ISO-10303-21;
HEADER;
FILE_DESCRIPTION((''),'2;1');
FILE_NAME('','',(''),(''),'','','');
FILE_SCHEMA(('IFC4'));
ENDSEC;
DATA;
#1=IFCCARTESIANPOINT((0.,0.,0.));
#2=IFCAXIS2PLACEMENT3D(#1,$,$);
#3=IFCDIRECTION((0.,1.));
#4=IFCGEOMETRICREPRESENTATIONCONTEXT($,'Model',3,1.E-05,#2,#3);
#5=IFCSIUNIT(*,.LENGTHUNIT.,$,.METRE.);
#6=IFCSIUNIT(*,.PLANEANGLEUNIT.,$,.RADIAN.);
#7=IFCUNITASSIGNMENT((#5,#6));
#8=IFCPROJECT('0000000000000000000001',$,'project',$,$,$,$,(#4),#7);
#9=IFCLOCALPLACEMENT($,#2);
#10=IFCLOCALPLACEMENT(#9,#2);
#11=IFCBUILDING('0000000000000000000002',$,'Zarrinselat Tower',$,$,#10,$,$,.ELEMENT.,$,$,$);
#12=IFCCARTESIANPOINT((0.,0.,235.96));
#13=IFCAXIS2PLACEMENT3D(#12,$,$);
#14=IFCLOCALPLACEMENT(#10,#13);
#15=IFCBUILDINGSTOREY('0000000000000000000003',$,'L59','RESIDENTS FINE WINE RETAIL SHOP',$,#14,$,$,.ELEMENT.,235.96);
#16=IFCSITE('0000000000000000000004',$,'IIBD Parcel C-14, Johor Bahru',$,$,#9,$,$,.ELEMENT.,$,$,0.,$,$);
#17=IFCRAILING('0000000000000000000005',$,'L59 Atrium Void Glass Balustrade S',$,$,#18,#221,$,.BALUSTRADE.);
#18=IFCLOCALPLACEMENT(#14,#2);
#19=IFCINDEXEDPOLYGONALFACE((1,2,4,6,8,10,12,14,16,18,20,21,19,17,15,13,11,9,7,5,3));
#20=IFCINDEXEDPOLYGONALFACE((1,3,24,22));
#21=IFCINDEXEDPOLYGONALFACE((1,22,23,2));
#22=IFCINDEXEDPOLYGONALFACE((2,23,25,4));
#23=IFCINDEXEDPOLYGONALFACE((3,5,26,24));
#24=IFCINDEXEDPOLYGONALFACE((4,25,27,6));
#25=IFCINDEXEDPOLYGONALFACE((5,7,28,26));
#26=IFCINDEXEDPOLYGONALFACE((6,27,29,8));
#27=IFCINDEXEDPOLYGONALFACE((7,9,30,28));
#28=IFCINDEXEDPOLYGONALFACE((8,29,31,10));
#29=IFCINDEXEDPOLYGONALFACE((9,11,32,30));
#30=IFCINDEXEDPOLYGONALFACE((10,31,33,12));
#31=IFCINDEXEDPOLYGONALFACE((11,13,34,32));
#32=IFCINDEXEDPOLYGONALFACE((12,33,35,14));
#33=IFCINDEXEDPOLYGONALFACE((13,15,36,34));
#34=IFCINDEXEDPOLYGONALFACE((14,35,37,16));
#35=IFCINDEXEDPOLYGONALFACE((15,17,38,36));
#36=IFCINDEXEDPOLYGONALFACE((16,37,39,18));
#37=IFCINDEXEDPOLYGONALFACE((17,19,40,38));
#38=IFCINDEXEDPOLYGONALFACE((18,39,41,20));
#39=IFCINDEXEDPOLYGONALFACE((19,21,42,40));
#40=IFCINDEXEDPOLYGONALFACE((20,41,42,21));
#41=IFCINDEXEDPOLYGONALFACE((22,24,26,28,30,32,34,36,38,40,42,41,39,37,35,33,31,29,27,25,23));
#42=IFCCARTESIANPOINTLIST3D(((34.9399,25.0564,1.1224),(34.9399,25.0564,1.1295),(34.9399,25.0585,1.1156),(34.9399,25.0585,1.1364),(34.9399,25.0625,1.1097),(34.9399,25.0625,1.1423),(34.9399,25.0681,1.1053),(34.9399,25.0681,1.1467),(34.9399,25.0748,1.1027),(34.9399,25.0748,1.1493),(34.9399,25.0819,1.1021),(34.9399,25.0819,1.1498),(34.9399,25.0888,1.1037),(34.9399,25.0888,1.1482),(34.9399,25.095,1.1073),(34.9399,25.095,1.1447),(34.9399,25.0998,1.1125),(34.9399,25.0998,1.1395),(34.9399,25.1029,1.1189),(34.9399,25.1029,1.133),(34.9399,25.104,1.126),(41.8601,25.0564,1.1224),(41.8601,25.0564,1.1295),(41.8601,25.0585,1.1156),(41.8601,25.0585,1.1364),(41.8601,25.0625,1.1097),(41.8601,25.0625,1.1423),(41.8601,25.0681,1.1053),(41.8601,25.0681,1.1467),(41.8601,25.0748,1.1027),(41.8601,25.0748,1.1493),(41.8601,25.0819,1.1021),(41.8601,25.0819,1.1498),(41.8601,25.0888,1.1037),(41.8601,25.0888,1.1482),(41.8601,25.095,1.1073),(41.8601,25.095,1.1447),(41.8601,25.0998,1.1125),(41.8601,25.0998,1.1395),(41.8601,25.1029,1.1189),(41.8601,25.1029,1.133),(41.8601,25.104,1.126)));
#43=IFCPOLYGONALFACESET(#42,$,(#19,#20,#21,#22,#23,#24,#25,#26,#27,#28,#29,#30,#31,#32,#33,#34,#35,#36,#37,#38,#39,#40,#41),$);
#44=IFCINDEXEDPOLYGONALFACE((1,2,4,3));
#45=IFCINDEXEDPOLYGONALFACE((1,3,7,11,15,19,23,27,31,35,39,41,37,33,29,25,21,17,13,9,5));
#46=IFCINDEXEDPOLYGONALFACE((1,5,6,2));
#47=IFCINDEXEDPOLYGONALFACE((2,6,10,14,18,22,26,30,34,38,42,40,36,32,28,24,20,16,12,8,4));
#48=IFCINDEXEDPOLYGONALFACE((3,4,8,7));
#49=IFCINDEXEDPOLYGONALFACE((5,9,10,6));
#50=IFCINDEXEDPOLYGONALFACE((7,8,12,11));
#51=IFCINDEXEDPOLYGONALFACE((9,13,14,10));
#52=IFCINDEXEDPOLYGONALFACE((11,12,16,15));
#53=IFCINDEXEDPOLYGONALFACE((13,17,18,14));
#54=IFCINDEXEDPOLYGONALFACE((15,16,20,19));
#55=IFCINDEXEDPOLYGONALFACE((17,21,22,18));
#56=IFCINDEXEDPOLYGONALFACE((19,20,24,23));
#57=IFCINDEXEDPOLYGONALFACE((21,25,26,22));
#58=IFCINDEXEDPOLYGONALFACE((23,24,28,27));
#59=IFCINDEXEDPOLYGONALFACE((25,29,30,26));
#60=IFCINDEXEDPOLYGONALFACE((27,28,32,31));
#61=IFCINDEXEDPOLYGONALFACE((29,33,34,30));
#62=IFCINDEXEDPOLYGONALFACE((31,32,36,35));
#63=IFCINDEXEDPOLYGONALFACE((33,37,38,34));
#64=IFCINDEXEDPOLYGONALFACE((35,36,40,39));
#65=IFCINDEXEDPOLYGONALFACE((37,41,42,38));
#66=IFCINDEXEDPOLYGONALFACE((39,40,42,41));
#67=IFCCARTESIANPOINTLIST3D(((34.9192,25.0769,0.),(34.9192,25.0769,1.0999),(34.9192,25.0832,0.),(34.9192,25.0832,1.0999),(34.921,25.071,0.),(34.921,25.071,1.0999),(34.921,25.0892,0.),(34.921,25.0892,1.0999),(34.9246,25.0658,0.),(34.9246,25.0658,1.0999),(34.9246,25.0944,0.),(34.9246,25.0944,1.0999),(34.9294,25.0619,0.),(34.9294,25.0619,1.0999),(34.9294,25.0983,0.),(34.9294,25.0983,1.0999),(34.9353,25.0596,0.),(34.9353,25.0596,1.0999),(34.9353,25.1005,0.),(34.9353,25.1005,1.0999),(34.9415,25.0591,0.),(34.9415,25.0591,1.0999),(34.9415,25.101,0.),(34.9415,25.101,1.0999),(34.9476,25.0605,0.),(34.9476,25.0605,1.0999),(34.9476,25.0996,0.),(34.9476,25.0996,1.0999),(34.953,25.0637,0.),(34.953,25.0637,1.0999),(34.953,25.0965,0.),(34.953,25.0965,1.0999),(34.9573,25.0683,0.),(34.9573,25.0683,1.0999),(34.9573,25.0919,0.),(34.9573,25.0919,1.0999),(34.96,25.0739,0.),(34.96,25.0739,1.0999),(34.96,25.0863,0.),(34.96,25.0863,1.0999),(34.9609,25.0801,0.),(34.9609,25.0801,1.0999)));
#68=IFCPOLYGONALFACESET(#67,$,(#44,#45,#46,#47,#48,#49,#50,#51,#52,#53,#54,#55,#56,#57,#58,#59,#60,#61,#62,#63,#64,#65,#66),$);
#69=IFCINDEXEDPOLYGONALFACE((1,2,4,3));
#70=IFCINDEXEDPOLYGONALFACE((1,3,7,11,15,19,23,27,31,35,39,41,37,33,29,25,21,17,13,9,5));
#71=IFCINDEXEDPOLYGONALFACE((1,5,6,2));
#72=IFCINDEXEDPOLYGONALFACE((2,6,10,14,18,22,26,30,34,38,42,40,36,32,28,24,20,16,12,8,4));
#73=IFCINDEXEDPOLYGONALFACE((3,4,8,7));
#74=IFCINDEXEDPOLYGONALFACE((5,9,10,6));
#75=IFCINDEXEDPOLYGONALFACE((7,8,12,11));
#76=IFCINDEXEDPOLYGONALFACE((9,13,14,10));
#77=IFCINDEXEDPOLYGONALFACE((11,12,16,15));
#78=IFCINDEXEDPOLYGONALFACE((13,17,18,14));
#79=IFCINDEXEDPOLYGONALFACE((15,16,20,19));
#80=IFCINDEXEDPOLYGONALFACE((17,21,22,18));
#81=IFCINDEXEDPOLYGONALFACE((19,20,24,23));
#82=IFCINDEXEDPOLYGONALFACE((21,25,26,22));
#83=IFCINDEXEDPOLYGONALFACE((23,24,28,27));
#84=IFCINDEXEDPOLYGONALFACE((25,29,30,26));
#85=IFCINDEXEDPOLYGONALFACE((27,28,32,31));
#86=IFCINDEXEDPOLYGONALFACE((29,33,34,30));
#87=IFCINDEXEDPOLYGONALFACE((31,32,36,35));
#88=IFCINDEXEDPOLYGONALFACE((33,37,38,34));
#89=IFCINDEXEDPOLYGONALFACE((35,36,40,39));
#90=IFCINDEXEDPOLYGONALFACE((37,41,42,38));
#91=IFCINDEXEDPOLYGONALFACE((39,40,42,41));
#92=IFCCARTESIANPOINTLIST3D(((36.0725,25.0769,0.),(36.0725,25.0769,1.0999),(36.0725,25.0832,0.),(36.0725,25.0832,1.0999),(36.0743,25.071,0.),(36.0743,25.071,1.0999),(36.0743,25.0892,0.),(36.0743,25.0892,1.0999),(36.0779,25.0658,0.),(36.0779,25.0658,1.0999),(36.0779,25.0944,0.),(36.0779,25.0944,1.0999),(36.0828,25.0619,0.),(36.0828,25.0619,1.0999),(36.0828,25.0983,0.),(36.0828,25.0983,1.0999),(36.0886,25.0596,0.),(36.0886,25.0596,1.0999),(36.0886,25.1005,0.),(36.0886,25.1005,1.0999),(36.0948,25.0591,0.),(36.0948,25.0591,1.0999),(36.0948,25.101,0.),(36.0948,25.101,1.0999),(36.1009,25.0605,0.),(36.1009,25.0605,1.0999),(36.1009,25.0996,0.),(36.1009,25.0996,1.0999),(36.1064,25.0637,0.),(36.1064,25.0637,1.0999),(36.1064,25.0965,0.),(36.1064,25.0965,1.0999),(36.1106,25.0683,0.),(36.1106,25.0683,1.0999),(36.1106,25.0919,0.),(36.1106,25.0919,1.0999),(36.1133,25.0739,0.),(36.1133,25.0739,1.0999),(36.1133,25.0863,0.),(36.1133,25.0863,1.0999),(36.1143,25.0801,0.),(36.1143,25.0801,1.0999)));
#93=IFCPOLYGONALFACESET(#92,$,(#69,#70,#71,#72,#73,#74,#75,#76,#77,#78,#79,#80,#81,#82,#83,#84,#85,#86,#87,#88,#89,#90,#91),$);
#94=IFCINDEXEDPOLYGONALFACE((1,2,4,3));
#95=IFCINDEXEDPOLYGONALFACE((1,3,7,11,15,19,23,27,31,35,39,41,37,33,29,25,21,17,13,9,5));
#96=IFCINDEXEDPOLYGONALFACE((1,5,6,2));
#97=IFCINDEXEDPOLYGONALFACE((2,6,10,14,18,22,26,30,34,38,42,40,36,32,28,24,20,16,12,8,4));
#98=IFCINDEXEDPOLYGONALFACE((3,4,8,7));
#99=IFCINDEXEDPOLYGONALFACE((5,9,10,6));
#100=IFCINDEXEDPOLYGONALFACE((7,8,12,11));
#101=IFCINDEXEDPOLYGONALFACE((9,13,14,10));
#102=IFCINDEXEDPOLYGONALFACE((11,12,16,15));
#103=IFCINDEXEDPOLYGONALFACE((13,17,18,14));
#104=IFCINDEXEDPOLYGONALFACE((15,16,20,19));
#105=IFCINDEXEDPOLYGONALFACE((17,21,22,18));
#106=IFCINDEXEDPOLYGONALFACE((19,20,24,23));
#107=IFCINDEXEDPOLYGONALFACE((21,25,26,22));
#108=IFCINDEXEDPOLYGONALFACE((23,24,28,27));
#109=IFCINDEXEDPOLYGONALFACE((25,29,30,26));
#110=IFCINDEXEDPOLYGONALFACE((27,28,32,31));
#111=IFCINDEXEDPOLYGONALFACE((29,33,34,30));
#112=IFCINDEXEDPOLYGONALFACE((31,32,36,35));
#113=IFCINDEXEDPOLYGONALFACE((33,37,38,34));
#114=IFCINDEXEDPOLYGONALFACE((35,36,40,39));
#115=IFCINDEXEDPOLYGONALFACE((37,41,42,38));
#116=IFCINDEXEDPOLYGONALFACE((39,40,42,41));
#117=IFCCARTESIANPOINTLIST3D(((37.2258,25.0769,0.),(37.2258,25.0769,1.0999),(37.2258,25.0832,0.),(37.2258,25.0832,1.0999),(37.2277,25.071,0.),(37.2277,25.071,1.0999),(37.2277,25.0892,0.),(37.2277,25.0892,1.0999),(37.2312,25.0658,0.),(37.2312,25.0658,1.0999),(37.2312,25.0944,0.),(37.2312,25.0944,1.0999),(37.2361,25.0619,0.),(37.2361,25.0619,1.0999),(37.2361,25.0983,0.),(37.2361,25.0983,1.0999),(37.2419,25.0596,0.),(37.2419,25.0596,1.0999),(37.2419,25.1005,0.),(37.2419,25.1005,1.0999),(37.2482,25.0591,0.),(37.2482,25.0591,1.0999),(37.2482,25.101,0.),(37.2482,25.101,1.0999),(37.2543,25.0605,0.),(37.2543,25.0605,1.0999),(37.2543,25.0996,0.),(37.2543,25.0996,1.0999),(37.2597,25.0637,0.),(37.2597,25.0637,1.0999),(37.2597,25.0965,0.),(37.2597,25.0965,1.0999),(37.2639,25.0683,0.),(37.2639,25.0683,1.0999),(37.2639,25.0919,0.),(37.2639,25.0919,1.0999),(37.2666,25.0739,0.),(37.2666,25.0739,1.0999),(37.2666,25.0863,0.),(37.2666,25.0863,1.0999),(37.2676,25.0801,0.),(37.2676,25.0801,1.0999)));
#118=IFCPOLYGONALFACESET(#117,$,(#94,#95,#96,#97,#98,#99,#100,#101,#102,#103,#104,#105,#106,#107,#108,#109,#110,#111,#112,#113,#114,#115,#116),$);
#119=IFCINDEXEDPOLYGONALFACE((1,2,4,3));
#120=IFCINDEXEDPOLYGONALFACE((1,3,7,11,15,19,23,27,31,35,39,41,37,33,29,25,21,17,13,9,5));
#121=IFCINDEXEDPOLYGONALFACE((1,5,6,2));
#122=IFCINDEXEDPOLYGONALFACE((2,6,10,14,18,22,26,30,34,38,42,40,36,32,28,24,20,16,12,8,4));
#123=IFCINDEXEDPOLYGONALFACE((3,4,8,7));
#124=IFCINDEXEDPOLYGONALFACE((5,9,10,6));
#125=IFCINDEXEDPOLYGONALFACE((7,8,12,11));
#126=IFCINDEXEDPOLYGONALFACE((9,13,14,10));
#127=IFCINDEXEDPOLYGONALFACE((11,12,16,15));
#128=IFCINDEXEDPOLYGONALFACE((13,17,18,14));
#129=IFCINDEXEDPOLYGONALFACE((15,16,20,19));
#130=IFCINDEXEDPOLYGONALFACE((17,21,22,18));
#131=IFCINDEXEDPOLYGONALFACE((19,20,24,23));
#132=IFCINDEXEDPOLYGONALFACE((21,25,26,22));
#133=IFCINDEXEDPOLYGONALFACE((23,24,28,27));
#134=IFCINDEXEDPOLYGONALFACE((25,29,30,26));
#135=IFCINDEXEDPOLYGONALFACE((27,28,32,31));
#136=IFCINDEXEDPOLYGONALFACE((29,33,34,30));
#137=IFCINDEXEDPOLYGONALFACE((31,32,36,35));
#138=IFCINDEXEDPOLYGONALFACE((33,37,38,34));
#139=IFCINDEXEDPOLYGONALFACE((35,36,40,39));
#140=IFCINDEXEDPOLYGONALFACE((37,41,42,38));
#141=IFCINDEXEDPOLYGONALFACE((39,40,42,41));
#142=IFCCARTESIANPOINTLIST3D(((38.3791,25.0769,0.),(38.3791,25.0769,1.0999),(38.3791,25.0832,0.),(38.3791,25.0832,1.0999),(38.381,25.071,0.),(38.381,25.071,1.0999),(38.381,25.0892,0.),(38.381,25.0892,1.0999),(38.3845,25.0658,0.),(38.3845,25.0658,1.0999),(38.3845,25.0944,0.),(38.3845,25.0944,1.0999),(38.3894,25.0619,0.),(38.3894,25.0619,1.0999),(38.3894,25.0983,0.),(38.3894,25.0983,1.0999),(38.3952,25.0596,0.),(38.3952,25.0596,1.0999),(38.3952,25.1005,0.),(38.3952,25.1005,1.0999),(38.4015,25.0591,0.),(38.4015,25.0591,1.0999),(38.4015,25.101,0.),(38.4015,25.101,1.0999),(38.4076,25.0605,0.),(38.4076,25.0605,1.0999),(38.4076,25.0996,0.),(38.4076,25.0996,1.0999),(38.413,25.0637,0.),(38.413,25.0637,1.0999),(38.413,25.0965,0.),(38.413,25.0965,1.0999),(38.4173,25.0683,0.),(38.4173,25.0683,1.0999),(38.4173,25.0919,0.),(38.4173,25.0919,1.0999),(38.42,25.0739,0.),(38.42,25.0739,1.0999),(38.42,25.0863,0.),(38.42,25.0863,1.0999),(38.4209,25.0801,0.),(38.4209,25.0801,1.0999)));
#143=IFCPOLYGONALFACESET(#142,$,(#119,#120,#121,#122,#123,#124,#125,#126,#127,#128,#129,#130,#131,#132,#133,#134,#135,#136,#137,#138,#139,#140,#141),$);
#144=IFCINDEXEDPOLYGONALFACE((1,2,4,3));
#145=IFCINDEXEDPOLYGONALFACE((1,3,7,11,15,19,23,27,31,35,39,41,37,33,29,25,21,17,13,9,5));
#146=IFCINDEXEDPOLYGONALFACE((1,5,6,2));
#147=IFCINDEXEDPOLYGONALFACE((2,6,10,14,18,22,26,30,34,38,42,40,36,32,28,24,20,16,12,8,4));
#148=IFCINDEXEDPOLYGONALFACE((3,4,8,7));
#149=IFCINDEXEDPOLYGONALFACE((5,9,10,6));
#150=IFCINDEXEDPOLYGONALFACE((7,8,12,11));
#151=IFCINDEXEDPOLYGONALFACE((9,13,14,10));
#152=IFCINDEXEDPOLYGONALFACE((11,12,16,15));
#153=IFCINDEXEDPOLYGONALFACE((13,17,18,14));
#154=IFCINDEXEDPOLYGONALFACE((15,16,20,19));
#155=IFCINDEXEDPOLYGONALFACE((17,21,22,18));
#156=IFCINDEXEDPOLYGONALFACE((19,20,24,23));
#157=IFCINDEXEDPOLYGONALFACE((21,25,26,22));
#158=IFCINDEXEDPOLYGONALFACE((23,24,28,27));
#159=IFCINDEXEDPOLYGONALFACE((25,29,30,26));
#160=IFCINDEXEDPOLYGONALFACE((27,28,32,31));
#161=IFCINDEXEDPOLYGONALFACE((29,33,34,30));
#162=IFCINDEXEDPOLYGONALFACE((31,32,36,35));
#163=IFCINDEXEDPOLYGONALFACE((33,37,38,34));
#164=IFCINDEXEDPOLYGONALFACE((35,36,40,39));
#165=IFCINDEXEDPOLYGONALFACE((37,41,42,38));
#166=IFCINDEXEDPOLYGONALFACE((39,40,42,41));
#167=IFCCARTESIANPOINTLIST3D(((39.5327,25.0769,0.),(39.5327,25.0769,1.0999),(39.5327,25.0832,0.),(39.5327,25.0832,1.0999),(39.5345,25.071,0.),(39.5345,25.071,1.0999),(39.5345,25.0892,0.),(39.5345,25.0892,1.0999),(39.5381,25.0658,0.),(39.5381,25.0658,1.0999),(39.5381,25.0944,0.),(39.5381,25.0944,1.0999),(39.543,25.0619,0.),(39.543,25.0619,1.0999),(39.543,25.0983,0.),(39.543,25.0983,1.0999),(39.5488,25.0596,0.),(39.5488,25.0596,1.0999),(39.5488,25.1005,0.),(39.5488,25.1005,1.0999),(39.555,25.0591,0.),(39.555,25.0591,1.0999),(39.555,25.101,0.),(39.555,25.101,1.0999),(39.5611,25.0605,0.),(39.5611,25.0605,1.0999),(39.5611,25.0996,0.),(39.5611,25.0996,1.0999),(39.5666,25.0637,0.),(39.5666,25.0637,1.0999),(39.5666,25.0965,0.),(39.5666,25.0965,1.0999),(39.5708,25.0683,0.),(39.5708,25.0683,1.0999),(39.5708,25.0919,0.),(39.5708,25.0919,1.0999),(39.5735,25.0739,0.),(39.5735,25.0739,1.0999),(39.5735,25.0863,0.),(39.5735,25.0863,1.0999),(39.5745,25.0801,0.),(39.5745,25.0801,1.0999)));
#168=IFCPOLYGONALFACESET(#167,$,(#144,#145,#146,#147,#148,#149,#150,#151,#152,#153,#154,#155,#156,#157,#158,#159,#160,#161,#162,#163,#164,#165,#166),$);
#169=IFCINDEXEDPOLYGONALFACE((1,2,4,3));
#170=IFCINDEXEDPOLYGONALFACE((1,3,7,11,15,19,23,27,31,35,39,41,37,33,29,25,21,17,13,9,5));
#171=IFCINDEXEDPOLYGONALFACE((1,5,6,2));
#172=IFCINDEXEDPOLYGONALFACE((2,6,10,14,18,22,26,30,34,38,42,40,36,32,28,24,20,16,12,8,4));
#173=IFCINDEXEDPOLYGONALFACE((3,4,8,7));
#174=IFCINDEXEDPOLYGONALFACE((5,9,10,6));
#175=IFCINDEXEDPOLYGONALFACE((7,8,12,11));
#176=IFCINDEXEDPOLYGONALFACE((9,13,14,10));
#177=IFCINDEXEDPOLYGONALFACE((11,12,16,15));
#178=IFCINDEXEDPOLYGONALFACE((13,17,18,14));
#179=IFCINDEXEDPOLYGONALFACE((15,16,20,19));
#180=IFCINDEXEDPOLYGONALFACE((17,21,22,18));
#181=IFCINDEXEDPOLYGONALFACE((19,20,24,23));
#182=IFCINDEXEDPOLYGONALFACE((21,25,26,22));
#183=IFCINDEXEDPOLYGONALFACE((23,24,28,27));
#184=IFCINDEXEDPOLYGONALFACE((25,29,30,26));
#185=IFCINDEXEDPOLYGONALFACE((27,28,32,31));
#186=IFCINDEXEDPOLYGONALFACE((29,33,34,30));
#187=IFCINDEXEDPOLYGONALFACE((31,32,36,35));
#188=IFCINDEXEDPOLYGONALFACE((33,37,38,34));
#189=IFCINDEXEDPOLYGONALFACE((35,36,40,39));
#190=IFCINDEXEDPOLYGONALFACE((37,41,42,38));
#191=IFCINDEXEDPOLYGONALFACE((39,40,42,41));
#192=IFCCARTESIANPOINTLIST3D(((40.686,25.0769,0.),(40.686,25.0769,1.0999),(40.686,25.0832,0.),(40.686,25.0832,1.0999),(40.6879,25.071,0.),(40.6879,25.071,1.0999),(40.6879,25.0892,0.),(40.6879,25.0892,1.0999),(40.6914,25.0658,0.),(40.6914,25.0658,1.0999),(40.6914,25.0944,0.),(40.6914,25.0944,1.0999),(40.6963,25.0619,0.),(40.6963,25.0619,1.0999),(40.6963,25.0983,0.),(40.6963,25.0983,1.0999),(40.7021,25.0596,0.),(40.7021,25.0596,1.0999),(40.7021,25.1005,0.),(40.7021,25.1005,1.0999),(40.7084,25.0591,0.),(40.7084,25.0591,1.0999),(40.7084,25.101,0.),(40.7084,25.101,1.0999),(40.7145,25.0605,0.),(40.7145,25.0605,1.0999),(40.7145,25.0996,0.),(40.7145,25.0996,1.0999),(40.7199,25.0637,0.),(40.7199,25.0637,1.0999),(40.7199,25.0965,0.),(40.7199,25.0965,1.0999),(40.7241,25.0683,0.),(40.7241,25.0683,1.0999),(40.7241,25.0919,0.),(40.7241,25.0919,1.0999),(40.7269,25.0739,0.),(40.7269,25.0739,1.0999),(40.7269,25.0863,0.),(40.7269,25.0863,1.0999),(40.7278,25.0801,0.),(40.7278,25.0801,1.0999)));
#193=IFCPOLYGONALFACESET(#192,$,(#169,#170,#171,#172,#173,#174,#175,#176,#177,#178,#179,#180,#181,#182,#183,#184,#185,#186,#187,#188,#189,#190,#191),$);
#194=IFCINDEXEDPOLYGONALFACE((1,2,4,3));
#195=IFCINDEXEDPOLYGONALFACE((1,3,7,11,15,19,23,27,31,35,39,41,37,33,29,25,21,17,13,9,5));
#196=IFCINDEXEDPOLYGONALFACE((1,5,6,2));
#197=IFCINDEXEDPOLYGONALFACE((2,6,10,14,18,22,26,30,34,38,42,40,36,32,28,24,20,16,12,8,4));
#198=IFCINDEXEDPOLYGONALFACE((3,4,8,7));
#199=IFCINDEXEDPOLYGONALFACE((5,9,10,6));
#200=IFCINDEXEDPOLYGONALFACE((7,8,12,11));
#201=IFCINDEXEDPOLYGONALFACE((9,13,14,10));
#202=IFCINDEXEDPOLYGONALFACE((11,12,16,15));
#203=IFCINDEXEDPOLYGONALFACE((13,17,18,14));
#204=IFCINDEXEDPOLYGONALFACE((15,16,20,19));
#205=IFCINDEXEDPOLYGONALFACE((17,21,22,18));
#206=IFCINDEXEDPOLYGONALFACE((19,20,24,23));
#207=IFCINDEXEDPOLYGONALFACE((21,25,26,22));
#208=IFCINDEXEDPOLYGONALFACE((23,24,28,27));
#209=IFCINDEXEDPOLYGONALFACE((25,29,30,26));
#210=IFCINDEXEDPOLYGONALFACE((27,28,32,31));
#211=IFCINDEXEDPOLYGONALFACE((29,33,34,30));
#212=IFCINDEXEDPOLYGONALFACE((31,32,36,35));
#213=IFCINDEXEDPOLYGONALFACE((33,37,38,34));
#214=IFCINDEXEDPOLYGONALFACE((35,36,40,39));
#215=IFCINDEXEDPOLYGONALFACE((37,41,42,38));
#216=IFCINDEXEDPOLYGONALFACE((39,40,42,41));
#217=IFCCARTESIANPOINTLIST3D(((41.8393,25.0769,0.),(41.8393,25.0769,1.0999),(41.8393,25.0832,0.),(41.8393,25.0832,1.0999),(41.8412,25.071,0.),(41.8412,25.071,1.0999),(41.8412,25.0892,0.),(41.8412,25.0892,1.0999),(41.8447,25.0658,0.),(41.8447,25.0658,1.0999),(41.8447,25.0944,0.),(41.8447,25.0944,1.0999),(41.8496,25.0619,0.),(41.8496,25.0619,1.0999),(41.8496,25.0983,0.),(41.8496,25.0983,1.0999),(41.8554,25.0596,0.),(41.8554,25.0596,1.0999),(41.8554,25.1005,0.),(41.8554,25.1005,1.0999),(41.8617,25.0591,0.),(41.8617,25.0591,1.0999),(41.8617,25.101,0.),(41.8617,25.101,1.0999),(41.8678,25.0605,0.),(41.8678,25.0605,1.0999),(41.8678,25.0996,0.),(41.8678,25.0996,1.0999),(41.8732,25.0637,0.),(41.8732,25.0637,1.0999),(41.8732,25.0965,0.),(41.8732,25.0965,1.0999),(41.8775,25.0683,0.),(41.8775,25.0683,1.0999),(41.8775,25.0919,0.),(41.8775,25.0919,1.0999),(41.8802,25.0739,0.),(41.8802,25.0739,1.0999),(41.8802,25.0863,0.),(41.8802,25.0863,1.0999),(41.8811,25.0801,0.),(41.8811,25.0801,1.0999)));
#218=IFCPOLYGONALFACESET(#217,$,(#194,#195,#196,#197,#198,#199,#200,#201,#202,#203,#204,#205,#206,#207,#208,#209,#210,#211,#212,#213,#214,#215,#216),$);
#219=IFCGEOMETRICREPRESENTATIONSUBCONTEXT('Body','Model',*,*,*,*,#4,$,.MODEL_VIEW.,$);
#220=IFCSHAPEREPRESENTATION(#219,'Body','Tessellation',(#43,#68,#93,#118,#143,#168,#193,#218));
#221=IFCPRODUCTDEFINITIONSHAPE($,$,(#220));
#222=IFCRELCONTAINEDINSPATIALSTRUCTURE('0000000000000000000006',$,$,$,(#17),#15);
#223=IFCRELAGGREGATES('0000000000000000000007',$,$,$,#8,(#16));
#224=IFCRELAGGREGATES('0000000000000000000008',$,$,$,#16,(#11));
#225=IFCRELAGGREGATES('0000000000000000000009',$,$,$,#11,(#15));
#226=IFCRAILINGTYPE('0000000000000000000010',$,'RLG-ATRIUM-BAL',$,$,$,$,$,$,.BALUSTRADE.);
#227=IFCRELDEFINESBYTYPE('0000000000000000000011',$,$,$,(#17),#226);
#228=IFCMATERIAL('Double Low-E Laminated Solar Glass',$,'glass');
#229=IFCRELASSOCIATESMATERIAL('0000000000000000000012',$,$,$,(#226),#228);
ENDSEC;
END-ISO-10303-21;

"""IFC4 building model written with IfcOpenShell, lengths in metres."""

from ifc_helpers import new_model, si_unit, direction, frame, origin, origin_2d, place, context, subcontext, project, spatial, circle, extrude, material, type_object, element, save


model = new_model("IFC4")

# Units and contexts
model_context = context("Model", 3, precision=1e-05, world=origin(), true_north=direction((0.0, 1.0)))
body_context = subcontext(model_context, "Body", "Model", "MODEL_VIEW")
ifc_project = project(units=[si_unit("LENGTHUNIT", "METRE"), si_unit("PLANEANGLEUNIT", "RADIAN")], contexts=[model_context])

# Site, building, storey
site_placement = place(None, origin())
site = spatial("IfcSite", under=ifc_project, at=site_placement, Name="IIBD Parcel C-14, Johor Bahru", CompositionType="ELEMENT", RefElevation=0.0)
building_placement = place(site_placement, origin())
building = spatial("IfcBuilding", under=site, at=building_placement, Name="Zarrinselat Tower", CompositionType="ELEMENT")
storey_placement = place(building_placement, frame((0.0, 0.0, 235.96)))
storey = spatial("IfcBuildingStorey", under=building, at=storey_placement, Name="L59", Description="RESIDENTS FINE WINE RETAIL SHOP", CompositionType="ELEMENT", Elevation=235.96)

# Railing
ifc_material_1 = material(Name="Double Low-E Laminated Solar Glass", Category="glass")
railing_type = type_object("IfcRailingType", Name="RLG-ATRIUM-BAL", PredefinedType="BALUSTRADE", material=ifc_material_1)
railing_placement = place(storey_placement, frame((34.9399, 25.0801, 0.0)))
element("IfcRailing", 1, at=railing_placement, inside=storey, type_object=railing_type, Name="L59 Atrium Void Glass Balustrade S", PredefinedType="BALUSTRADE", context=body_context, shape_type="SweptSolid", body=[
    extrude(circle(Radius=0.0239, at=origin_2d()), frame((0.0, 0.0, 1.126), z_axis=(1.0, 0.0, 0.0), x_axis=(0.0, 1.0, 0.0)), (0.0, 0.0, 1.0), 6.9202),
    extrude(circle(Radius=0.021, at=origin_2d()), origin(), (0.0, 0.0, 1.0), 1.0999),
    extrude(circle(Radius=0.021, at=origin_2d()), frame((1.1533, 0.0, 0.0)), (0.0, 0.0, 1.0), 1.0999),
    extrude(circle(Radius=0.021, at=origin_2d()), frame((2.3066, 0.0, 0.0)), (0.0, 0.0, 1.0), 1.0999),
    extrude(circle(Radius=0.021, at=origin_2d()), frame((3.46, 0.0, 0.0)), (0.0, 0.0, 1.0), 1.0999),
    extrude(circle(Radius=0.021, at=origin_2d()), frame((4.6135, 0.0, 0.0)), (0.0, 0.0, 1.0), 1.0999),
    extrude(circle(Radius=0.021, at=origin_2d()), frame((5.7668, 0.0, 0.0)), (0.0, 0.0, 1.0), 1.0999),
    extrude(circle(Radius=0.021, at=origin_2d()), frame((6.9202, 0.0, 0.0)), (0.0, 0.0, 1.0), 1.0999),
])

save(model, "model.ifc")
